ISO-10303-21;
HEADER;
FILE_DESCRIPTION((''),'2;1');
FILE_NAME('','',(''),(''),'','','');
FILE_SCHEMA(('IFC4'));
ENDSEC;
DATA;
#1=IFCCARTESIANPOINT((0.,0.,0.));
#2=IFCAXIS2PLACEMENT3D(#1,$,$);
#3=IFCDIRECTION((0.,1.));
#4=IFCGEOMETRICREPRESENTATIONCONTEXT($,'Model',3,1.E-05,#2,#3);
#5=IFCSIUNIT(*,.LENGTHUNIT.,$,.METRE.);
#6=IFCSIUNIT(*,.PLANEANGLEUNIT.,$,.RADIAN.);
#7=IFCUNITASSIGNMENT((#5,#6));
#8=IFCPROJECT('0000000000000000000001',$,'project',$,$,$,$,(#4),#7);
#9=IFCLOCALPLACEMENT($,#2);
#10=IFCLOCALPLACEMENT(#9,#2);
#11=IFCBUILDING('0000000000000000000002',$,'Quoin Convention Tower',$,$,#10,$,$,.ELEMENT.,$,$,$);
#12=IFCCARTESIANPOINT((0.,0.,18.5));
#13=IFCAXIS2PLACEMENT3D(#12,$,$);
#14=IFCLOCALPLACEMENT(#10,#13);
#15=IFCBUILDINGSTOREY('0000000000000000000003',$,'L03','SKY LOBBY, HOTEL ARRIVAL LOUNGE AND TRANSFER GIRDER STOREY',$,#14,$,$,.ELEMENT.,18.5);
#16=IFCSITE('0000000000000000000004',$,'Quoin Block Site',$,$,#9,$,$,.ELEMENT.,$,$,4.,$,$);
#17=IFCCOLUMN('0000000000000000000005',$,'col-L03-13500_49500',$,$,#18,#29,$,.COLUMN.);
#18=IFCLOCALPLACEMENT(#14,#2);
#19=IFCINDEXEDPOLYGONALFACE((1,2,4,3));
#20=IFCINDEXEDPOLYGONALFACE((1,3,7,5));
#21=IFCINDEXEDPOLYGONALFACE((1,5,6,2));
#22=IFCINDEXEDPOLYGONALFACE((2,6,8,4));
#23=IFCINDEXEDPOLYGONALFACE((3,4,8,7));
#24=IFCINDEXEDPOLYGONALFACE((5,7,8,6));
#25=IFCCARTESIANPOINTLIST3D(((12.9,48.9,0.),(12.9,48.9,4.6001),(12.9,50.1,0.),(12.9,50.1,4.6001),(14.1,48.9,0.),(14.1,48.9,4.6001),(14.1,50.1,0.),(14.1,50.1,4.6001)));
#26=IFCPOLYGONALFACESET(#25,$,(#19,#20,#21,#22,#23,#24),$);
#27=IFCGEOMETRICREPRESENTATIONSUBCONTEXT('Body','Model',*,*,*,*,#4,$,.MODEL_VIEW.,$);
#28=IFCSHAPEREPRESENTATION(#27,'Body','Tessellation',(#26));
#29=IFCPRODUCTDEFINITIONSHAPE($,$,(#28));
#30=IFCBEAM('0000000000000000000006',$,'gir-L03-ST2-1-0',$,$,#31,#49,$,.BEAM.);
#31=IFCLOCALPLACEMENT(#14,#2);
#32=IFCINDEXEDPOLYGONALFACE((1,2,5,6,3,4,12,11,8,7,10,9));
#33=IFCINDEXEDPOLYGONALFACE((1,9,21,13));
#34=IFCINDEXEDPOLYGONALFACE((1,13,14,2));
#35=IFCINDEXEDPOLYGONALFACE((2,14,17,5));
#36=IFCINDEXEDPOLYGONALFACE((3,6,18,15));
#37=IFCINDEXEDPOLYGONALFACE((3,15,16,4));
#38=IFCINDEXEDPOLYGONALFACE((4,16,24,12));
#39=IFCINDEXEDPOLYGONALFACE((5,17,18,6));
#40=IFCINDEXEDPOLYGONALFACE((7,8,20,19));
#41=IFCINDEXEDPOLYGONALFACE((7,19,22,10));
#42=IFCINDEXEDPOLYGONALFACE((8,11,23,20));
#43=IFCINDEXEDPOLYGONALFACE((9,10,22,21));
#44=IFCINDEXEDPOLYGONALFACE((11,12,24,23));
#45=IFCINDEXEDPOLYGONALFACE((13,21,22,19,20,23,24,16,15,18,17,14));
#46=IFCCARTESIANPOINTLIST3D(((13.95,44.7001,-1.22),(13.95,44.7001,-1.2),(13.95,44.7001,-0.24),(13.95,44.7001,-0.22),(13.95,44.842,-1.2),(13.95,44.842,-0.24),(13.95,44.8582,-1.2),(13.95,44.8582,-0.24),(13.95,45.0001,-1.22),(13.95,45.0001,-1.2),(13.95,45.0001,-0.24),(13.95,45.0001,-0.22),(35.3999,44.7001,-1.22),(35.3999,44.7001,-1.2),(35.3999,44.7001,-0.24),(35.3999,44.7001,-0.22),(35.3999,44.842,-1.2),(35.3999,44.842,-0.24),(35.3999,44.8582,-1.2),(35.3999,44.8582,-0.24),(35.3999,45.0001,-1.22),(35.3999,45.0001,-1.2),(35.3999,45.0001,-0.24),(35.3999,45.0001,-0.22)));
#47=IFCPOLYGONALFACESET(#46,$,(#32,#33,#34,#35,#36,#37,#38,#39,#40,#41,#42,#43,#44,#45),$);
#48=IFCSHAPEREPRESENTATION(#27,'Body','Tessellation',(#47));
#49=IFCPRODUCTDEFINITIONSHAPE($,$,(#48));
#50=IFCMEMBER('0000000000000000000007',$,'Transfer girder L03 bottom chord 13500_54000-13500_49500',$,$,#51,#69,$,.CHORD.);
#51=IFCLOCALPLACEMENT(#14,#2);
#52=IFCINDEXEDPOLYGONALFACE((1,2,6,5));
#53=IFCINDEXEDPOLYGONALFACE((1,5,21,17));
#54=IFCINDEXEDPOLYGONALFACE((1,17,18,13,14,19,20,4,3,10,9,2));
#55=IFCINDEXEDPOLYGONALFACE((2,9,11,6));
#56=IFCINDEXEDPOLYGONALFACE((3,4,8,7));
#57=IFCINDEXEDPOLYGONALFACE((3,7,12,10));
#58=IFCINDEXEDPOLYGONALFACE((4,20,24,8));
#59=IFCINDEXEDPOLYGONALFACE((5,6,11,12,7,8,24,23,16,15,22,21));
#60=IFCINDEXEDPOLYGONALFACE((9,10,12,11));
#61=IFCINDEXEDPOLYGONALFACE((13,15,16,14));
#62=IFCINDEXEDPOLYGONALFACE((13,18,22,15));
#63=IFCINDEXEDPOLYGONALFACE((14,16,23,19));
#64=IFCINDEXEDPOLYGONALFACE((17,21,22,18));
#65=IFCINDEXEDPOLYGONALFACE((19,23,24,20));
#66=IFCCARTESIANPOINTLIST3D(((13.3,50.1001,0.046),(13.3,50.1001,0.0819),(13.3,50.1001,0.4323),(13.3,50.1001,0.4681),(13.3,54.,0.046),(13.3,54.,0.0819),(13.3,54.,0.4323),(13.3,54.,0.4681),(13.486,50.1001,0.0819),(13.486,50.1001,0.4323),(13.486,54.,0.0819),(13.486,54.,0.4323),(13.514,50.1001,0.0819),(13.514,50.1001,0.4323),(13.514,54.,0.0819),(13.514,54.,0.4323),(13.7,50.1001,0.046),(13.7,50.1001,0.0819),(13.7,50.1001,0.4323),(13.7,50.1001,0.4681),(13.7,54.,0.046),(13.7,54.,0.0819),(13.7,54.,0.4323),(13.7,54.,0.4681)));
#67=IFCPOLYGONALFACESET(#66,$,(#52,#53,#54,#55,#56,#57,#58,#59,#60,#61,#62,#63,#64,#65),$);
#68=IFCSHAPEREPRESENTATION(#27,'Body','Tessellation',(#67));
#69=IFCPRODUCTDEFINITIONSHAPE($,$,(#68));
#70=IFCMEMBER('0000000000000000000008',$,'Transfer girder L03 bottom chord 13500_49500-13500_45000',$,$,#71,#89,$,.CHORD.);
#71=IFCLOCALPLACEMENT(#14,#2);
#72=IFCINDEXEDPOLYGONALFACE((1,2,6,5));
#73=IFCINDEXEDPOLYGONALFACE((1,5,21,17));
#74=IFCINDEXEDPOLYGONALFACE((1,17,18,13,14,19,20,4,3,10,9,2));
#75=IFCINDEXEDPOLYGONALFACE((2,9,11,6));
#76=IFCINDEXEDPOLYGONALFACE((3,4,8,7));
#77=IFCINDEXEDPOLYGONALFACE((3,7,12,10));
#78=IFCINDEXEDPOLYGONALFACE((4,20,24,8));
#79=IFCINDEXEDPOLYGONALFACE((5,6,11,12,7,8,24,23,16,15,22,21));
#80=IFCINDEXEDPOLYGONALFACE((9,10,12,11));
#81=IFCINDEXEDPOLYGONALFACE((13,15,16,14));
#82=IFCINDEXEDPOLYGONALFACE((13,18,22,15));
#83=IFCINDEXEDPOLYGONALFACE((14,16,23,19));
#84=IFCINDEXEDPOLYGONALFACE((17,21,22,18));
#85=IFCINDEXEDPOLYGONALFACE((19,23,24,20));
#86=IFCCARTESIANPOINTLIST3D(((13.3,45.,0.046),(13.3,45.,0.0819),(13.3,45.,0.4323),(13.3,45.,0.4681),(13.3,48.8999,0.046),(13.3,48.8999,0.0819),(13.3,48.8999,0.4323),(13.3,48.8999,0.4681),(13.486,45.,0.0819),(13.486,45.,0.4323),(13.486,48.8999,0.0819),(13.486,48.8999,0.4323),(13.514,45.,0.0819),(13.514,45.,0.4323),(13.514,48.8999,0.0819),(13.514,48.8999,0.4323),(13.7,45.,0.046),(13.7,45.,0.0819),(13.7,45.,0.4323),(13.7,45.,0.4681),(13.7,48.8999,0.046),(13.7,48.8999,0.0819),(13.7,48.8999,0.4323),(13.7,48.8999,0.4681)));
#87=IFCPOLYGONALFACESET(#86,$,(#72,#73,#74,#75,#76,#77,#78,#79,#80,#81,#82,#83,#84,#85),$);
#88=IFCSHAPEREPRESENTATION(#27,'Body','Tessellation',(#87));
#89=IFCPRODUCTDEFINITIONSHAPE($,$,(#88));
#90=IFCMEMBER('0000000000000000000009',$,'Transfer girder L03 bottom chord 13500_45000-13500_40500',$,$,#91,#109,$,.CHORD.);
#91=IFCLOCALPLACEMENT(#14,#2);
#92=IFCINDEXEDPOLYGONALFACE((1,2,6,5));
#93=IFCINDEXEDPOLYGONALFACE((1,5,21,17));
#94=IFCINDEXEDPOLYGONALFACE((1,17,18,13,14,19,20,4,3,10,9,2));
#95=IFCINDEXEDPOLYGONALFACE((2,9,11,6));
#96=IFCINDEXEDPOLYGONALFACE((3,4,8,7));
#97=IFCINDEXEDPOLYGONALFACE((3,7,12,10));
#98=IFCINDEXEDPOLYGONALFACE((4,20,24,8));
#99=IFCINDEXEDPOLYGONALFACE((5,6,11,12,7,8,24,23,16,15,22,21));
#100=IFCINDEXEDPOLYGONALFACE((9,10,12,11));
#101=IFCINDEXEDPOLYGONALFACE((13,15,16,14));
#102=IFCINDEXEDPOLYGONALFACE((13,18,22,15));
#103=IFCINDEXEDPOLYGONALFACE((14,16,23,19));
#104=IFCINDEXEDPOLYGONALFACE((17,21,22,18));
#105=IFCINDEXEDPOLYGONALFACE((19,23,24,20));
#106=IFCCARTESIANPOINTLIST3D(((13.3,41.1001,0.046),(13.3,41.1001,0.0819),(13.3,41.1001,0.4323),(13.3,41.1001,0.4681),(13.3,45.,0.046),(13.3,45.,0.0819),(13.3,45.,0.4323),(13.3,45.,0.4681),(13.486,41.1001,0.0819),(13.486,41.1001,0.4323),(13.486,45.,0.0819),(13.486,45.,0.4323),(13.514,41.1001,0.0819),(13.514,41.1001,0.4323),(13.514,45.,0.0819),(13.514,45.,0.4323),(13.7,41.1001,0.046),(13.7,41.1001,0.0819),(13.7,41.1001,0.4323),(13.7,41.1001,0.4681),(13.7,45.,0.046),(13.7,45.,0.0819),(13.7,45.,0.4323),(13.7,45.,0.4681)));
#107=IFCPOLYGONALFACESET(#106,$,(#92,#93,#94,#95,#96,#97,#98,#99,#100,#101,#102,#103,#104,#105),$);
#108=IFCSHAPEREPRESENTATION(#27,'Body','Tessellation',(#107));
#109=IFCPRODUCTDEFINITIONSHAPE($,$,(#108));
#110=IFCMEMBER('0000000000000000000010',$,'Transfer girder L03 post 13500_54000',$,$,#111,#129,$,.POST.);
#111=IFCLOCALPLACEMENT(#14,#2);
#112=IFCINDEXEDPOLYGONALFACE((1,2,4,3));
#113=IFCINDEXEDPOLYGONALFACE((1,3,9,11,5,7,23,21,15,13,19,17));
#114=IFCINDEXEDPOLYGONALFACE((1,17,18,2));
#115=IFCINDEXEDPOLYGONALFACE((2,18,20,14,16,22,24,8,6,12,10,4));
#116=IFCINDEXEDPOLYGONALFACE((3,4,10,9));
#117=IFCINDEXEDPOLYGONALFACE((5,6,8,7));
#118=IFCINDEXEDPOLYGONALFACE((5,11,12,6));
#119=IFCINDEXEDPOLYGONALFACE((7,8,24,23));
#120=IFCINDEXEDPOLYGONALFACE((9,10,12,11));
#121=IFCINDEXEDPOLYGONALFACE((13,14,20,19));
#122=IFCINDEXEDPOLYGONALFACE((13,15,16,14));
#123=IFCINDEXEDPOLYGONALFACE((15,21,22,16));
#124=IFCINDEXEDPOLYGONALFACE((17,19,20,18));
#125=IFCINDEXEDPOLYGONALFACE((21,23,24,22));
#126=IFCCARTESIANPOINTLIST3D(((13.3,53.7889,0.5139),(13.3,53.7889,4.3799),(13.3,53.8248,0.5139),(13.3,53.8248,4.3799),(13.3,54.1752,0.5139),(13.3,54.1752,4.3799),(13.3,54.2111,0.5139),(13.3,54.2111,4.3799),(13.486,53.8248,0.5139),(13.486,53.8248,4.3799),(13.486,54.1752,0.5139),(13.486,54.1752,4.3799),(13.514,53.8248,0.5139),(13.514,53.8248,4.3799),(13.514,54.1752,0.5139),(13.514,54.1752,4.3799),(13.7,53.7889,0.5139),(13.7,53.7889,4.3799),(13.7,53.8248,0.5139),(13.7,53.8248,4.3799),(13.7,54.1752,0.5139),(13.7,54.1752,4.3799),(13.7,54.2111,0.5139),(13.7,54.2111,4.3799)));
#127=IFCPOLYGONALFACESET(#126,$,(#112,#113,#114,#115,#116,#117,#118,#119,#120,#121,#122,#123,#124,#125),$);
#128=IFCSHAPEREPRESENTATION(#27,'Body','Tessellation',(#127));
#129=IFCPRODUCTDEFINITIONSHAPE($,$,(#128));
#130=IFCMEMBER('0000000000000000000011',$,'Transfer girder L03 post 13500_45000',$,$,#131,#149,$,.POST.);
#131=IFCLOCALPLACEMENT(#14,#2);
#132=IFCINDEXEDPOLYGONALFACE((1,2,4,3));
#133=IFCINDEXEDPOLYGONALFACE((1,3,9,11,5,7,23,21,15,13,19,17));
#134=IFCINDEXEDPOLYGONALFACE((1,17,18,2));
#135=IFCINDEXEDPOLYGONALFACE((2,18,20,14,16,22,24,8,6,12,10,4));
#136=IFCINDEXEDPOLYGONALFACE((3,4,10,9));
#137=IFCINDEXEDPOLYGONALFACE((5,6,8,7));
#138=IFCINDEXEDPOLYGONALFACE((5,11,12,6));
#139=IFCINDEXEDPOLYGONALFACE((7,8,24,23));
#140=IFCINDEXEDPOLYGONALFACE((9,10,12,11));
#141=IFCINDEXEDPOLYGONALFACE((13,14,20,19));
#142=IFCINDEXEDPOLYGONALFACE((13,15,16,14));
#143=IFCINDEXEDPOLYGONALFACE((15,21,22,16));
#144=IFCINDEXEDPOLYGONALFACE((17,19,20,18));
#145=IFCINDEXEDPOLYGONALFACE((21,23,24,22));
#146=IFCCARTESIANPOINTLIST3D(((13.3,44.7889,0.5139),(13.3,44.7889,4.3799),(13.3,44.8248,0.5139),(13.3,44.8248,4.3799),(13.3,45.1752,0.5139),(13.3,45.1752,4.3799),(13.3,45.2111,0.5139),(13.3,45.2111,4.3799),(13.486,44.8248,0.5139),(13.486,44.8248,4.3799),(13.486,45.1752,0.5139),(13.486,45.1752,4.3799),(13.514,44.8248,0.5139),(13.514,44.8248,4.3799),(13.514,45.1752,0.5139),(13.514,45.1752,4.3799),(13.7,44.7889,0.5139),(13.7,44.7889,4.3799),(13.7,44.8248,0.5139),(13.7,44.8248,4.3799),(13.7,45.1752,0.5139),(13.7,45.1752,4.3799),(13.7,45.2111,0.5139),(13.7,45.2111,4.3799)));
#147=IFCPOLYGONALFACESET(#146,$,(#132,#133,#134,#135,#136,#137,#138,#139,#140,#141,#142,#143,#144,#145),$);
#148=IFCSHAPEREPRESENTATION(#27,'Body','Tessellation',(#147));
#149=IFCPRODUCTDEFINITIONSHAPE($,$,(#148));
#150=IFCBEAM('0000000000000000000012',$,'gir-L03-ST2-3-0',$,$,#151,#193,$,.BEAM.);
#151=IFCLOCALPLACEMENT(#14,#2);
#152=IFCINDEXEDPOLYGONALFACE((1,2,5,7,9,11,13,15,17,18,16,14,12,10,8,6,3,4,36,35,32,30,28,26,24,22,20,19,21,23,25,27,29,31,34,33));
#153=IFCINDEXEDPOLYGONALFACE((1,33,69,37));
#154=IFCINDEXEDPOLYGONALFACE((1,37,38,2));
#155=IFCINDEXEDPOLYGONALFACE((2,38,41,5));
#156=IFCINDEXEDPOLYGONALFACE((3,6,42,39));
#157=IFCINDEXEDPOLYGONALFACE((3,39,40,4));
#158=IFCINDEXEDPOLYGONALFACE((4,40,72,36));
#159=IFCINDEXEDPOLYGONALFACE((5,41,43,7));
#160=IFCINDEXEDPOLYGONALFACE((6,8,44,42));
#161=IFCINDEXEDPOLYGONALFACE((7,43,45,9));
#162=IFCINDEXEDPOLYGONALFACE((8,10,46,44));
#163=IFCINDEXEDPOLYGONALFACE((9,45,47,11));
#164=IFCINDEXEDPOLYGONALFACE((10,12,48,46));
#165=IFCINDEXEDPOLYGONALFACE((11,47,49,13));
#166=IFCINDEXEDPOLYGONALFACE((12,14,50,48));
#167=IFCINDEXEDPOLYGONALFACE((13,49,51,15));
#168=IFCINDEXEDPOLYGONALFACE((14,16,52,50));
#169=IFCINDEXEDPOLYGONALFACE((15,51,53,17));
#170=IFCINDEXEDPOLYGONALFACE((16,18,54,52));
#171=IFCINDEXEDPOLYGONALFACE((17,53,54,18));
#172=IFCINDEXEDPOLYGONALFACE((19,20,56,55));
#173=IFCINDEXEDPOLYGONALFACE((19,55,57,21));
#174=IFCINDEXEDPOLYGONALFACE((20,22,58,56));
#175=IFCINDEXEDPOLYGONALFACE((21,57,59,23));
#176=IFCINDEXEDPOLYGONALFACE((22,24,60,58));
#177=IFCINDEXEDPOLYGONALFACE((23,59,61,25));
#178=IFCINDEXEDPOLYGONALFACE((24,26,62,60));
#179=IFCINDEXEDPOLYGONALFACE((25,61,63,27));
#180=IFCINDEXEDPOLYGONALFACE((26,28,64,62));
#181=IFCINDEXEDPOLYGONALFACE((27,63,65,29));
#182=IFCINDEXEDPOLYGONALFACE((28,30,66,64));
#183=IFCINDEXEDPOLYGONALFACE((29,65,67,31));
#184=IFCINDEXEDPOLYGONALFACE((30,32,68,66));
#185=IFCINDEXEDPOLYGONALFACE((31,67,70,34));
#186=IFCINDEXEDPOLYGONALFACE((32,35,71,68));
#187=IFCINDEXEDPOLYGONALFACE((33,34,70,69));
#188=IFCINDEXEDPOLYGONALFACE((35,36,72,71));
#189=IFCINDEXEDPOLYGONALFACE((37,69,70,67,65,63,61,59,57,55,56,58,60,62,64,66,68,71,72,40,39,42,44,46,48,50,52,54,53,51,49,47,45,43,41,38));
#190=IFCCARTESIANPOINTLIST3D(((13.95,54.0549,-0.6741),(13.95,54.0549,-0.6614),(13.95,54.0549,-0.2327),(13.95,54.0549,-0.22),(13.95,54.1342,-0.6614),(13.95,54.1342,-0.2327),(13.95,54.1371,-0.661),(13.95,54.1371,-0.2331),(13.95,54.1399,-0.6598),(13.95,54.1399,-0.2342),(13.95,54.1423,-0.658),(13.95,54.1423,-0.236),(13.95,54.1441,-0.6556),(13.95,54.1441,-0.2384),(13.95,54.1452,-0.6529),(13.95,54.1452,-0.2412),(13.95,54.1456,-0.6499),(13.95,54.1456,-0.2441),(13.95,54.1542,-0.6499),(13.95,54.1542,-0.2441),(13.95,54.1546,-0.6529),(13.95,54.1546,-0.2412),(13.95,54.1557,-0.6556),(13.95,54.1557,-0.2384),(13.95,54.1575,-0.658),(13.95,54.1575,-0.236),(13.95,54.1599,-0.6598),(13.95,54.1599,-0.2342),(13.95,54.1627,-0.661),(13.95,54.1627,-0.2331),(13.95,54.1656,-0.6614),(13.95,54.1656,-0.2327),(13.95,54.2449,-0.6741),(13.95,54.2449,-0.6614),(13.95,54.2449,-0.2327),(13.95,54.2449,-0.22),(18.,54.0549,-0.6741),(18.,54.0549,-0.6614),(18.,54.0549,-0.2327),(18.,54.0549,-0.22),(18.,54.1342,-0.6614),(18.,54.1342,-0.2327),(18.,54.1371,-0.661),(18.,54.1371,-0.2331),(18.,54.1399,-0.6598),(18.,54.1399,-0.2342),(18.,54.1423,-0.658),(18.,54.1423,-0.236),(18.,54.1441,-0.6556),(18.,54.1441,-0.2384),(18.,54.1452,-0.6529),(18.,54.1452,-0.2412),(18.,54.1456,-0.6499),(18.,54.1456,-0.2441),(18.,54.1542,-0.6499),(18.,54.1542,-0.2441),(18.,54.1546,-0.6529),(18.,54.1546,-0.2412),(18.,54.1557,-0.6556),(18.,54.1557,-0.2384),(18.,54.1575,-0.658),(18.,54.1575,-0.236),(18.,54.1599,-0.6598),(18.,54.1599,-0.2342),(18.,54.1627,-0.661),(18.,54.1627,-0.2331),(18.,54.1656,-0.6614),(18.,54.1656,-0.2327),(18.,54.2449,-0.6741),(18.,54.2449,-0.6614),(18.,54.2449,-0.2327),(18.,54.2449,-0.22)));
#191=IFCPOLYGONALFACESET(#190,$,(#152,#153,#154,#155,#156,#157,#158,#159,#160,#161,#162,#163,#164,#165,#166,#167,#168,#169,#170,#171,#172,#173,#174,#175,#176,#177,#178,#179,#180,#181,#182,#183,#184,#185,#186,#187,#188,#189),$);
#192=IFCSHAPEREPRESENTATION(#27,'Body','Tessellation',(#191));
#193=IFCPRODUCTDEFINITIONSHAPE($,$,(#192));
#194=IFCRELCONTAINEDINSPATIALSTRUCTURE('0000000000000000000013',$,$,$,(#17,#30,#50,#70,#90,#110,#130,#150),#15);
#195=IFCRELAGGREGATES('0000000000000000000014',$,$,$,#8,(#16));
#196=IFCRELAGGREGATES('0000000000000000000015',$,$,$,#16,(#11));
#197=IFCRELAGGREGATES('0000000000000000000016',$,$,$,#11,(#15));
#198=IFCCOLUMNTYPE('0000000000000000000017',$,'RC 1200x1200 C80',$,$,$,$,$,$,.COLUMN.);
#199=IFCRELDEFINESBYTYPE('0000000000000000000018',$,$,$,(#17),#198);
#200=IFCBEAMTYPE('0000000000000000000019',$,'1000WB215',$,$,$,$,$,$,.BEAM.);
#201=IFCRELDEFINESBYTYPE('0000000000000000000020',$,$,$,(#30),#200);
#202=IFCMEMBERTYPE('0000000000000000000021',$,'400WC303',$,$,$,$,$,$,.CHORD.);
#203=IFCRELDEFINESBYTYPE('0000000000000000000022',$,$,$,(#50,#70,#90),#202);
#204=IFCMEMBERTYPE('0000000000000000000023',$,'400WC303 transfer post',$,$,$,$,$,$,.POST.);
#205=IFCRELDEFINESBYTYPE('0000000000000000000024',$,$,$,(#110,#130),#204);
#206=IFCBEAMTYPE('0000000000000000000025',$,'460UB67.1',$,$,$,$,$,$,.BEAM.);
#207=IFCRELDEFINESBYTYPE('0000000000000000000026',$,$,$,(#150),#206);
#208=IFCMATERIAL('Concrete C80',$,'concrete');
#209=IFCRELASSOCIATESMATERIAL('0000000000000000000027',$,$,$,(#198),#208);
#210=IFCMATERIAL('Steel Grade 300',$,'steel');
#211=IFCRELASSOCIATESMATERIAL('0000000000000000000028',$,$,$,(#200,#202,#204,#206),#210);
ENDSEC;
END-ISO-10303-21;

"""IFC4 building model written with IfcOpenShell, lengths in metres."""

from ifc_helpers import new_model, si_unit, direction, frame, origin, origin_2d, place, context, subcontext, project, spatial, rectangle, i_section, extrude, material, material_profile, profile_set, type_object, element, save


model = new_model("IFC4")

# Units and contexts
model_context = context("Model", 3, precision=1e-05, world=origin(), true_north=direction((0.0, 1.0)))
body_context = subcontext(model_context, "Body", "Model", "MODEL_VIEW")
ifc_project = project(units=[si_unit("LENGTHUNIT", "METRE"), si_unit("PLANEANGLEUNIT", "RADIAN")], contexts=[model_context])

# Site, building, storey
site_placement = place(None, origin())
site = spatial("IfcSite", under=ifc_project, at=site_placement, Name="Quoin Block Site", CompositionType="ELEMENT", RefElevation=4.0)
building_placement = place(site_placement, origin())
building = spatial("IfcBuilding", under=site, at=building_placement, Name="Quoin Convention Tower", CompositionType="ELEMENT")
storey_placement = place(building_placement, frame((0.0, 0.0, 18.5)))
storey = spatial("IfcBuildingStorey", under=building, at=storey_placement, Name="L03", Description="SKY LOBBY, HOTEL ARRIVAL LOUNGE AND TRANSFER GIRDER STOREY", CompositionType="ELEMENT", Elevation=18.5)

# Column
ifc_material_1 = material(Name="Concrete C80", Category="concrete")
ifc_material_profile_1 = material_profile(ifc_material_1, rectangle(XDim=1.2, YDim=1.2, at=origin_2d()), Name="RC 1200x1200")
ifc_profile_set_1 = profile_set([ifc_material_profile_1], Name="Concrete C80")
column_type = type_object("IfcColumnType", Name="RC 1200x1200 C80", PredefinedType="COLUMN", material=ifc_profile_set_1)
column_placement = place(storey_placement, frame((13.5, 49.5, 0.0), z_axis=(0.0, 0.0, 1.0), x_axis=(1.0, 0.0, 0.0)))
element("IfcColumn", 1, at=column_placement, inside=storey, type_object=column_type, Name="col-L03-13500_49500", PredefinedType="COLUMN", context=body_context, shape_type="SweptSolid", body=[
    extrude(rectangle(XDim=1.2, YDim=1.2, at=origin_2d()), origin(), (0.0, 0.0, 1.0), 4.6001),
])

# Beam
ifc_material_2 = material(Name="Steel Grade 300", Category="steel")
ifc_material_profile_2 = material_profile(ifc_material_2, i_section(OverallWidth=0.3, OverallDepth=1.0, WebThickness=0.0161, FlangeThickness=0.02, at=origin_2d()), Name="1000WB215")
ifc_profile_set_2 = profile_set([ifc_material_profile_2], Name="Steel Grade 300")
beam_type_1 = type_object("IfcBeamType", Name="1000WB215", PredefinedType="BEAM", material=ifc_profile_set_2)
beam_1_placement = place(storey_placement, frame((13.95, 44.8501, -0.72), z_axis=(1.0, 0.0, 0.0), x_axis=(0.0, 1.0, 0.0)))
element("IfcBeam", 2, at=beam_1_placement, inside=storey, type_object=beam_type_1, Name="gir-L03-ST2-1-0", PredefinedType="BEAM", context=body_context, shape_type="SweptSolid", body=[
    extrude(i_section(OverallWidth=0.3, OverallDepth=1.0, WebThickness=0.0161, FlangeThickness=0.02, at=origin_2d()), origin(), (0.0, 0.0, 1.0), 21.45),
])

# Members
ifc_material_profile_3 = material_profile(ifc_material_2, i_section(OverallWidth=0.3999, OverallDepth=0.4221, WebThickness=0.0281, FlangeThickness=0.0359, at=origin_2d()), Name="400WC303")
ifc_profile_set_3 = profile_set([ifc_material_profile_3], Name="Steel Grade 300")
member_type_1 = type_object("IfcMemberType", Name="400WC303", PredefinedType="CHORD", material=ifc_profile_set_3)
for number, where, z_axis, x_axis, name in (
    (3, (13.5, 54.0, 0.2571), (0.0, -1.0, 0.0), (1.0, 0.0, 0.0), "Transfer girder L03 bottom chord 13500_54000-13500_49500"),
    (4, (13.5, 48.8999, 0.2571), (0.0, -1.0, 0.0), (1.0, 0.0, 0.0), "Transfer girder L03 bottom chord 13500_49500-13500_45000"),
    (5, (13.5, 45.0, 0.2571), (0.0, -1.0, 0.0), (1.0, 0.0, 0.0), "Transfer girder L03 bottom chord 13500_45000-13500_40500"),
):
    element("IfcMember", number, at=place(storey_placement, frame(where, z_axis=z_axis, x_axis=x_axis)), inside=storey, type_object=member_type_1, Name=name, PredefinedType="CHORD", context=body_context, shape_type="SweptSolid", body=[
        extrude(i_section(OverallWidth=0.3999, OverallDepth=0.4221, WebThickness=0.0281, FlangeThickness=0.0359, at=origin_2d()), origin(), (0.0, 0.0, 1.0), 3.8999),
    ])
ifc_material_profile_4 = material_profile(ifc_material_2, i_section(OverallWidth=0.3999, OverallDepth=0.4221, WebThickness=0.0281, FlangeThickness=0.0359, at=origin_2d()), Name="400WC303")
ifc_profile_set_4 = profile_set([ifc_material_profile_4], Name="Steel Grade 300")
member_type_2 = type_object("IfcMemberType", Name="400WC303 transfer post", PredefinedType="POST", material=ifc_profile_set_4)
for number, where, z_axis, x_axis, name in (
    (6, (13.5, 54.0, 0.5139), (0.0, 0.0, 1.0), (1.0, 0.0, 0.0), "Transfer girder L03 post 13500_54000"),
    (7, (13.5, 45.0, 0.5139), (0.0, 0.0, 1.0), (1.0, 0.0, 0.0), "Transfer girder L03 post 13500_45000"),
):
    element("IfcMember", number, at=place(storey_placement, frame(where, z_axis=z_axis, x_axis=x_axis)), inside=storey, type_object=member_type_2, Name=name, PredefinedType="POST", context=body_context, shape_type="SweptSolid", body=[
        extrude(i_section(OverallWidth=0.3999, OverallDepth=0.4221, WebThickness=0.0281, FlangeThickness=0.0359, at=origin_2d()), origin(), (0.0, 0.0, 1.0), 3.866),
    ])

# Beam
ifc_material_profile_5 = material_profile(ifc_material_2, i_section(OverallWidth=0.1899, OverallDepth=0.4541, WebThickness=0.0085, FlangeThickness=0.0127, FilletRadius=0.0115, at=origin_2d()), Name="460UB67.1")
ifc_profile_set_5 = profile_set([ifc_material_profile_5], Name="Steel Grade 300")
beam_type_2 = type_object("IfcBeamType", Name="460UB67.1", PredefinedType="BEAM", material=ifc_profile_set_5)
beam_2_placement = place(storey_placement, frame((13.95, 54.1499, -0.447), z_axis=(1.0, 0.0, 0.0), x_axis=(0.0, 1.0, 0.0)))
element("IfcBeam", 8, at=beam_2_placement, inside=storey, type_object=beam_type_2, Name="gir-L03-ST2-3-0", PredefinedType="BEAM", context=body_context, shape_type="SweptSolid", body=[
    extrude(i_section(OverallWidth=0.1899, OverallDepth=0.4541, WebThickness=0.0085, FlangeThickness=0.0127, FilletRadius=0.0115, at=origin_2d()), origin(), (0.0, 0.0, 1.0), 4.05),
])

save(model, "model.ifc")
